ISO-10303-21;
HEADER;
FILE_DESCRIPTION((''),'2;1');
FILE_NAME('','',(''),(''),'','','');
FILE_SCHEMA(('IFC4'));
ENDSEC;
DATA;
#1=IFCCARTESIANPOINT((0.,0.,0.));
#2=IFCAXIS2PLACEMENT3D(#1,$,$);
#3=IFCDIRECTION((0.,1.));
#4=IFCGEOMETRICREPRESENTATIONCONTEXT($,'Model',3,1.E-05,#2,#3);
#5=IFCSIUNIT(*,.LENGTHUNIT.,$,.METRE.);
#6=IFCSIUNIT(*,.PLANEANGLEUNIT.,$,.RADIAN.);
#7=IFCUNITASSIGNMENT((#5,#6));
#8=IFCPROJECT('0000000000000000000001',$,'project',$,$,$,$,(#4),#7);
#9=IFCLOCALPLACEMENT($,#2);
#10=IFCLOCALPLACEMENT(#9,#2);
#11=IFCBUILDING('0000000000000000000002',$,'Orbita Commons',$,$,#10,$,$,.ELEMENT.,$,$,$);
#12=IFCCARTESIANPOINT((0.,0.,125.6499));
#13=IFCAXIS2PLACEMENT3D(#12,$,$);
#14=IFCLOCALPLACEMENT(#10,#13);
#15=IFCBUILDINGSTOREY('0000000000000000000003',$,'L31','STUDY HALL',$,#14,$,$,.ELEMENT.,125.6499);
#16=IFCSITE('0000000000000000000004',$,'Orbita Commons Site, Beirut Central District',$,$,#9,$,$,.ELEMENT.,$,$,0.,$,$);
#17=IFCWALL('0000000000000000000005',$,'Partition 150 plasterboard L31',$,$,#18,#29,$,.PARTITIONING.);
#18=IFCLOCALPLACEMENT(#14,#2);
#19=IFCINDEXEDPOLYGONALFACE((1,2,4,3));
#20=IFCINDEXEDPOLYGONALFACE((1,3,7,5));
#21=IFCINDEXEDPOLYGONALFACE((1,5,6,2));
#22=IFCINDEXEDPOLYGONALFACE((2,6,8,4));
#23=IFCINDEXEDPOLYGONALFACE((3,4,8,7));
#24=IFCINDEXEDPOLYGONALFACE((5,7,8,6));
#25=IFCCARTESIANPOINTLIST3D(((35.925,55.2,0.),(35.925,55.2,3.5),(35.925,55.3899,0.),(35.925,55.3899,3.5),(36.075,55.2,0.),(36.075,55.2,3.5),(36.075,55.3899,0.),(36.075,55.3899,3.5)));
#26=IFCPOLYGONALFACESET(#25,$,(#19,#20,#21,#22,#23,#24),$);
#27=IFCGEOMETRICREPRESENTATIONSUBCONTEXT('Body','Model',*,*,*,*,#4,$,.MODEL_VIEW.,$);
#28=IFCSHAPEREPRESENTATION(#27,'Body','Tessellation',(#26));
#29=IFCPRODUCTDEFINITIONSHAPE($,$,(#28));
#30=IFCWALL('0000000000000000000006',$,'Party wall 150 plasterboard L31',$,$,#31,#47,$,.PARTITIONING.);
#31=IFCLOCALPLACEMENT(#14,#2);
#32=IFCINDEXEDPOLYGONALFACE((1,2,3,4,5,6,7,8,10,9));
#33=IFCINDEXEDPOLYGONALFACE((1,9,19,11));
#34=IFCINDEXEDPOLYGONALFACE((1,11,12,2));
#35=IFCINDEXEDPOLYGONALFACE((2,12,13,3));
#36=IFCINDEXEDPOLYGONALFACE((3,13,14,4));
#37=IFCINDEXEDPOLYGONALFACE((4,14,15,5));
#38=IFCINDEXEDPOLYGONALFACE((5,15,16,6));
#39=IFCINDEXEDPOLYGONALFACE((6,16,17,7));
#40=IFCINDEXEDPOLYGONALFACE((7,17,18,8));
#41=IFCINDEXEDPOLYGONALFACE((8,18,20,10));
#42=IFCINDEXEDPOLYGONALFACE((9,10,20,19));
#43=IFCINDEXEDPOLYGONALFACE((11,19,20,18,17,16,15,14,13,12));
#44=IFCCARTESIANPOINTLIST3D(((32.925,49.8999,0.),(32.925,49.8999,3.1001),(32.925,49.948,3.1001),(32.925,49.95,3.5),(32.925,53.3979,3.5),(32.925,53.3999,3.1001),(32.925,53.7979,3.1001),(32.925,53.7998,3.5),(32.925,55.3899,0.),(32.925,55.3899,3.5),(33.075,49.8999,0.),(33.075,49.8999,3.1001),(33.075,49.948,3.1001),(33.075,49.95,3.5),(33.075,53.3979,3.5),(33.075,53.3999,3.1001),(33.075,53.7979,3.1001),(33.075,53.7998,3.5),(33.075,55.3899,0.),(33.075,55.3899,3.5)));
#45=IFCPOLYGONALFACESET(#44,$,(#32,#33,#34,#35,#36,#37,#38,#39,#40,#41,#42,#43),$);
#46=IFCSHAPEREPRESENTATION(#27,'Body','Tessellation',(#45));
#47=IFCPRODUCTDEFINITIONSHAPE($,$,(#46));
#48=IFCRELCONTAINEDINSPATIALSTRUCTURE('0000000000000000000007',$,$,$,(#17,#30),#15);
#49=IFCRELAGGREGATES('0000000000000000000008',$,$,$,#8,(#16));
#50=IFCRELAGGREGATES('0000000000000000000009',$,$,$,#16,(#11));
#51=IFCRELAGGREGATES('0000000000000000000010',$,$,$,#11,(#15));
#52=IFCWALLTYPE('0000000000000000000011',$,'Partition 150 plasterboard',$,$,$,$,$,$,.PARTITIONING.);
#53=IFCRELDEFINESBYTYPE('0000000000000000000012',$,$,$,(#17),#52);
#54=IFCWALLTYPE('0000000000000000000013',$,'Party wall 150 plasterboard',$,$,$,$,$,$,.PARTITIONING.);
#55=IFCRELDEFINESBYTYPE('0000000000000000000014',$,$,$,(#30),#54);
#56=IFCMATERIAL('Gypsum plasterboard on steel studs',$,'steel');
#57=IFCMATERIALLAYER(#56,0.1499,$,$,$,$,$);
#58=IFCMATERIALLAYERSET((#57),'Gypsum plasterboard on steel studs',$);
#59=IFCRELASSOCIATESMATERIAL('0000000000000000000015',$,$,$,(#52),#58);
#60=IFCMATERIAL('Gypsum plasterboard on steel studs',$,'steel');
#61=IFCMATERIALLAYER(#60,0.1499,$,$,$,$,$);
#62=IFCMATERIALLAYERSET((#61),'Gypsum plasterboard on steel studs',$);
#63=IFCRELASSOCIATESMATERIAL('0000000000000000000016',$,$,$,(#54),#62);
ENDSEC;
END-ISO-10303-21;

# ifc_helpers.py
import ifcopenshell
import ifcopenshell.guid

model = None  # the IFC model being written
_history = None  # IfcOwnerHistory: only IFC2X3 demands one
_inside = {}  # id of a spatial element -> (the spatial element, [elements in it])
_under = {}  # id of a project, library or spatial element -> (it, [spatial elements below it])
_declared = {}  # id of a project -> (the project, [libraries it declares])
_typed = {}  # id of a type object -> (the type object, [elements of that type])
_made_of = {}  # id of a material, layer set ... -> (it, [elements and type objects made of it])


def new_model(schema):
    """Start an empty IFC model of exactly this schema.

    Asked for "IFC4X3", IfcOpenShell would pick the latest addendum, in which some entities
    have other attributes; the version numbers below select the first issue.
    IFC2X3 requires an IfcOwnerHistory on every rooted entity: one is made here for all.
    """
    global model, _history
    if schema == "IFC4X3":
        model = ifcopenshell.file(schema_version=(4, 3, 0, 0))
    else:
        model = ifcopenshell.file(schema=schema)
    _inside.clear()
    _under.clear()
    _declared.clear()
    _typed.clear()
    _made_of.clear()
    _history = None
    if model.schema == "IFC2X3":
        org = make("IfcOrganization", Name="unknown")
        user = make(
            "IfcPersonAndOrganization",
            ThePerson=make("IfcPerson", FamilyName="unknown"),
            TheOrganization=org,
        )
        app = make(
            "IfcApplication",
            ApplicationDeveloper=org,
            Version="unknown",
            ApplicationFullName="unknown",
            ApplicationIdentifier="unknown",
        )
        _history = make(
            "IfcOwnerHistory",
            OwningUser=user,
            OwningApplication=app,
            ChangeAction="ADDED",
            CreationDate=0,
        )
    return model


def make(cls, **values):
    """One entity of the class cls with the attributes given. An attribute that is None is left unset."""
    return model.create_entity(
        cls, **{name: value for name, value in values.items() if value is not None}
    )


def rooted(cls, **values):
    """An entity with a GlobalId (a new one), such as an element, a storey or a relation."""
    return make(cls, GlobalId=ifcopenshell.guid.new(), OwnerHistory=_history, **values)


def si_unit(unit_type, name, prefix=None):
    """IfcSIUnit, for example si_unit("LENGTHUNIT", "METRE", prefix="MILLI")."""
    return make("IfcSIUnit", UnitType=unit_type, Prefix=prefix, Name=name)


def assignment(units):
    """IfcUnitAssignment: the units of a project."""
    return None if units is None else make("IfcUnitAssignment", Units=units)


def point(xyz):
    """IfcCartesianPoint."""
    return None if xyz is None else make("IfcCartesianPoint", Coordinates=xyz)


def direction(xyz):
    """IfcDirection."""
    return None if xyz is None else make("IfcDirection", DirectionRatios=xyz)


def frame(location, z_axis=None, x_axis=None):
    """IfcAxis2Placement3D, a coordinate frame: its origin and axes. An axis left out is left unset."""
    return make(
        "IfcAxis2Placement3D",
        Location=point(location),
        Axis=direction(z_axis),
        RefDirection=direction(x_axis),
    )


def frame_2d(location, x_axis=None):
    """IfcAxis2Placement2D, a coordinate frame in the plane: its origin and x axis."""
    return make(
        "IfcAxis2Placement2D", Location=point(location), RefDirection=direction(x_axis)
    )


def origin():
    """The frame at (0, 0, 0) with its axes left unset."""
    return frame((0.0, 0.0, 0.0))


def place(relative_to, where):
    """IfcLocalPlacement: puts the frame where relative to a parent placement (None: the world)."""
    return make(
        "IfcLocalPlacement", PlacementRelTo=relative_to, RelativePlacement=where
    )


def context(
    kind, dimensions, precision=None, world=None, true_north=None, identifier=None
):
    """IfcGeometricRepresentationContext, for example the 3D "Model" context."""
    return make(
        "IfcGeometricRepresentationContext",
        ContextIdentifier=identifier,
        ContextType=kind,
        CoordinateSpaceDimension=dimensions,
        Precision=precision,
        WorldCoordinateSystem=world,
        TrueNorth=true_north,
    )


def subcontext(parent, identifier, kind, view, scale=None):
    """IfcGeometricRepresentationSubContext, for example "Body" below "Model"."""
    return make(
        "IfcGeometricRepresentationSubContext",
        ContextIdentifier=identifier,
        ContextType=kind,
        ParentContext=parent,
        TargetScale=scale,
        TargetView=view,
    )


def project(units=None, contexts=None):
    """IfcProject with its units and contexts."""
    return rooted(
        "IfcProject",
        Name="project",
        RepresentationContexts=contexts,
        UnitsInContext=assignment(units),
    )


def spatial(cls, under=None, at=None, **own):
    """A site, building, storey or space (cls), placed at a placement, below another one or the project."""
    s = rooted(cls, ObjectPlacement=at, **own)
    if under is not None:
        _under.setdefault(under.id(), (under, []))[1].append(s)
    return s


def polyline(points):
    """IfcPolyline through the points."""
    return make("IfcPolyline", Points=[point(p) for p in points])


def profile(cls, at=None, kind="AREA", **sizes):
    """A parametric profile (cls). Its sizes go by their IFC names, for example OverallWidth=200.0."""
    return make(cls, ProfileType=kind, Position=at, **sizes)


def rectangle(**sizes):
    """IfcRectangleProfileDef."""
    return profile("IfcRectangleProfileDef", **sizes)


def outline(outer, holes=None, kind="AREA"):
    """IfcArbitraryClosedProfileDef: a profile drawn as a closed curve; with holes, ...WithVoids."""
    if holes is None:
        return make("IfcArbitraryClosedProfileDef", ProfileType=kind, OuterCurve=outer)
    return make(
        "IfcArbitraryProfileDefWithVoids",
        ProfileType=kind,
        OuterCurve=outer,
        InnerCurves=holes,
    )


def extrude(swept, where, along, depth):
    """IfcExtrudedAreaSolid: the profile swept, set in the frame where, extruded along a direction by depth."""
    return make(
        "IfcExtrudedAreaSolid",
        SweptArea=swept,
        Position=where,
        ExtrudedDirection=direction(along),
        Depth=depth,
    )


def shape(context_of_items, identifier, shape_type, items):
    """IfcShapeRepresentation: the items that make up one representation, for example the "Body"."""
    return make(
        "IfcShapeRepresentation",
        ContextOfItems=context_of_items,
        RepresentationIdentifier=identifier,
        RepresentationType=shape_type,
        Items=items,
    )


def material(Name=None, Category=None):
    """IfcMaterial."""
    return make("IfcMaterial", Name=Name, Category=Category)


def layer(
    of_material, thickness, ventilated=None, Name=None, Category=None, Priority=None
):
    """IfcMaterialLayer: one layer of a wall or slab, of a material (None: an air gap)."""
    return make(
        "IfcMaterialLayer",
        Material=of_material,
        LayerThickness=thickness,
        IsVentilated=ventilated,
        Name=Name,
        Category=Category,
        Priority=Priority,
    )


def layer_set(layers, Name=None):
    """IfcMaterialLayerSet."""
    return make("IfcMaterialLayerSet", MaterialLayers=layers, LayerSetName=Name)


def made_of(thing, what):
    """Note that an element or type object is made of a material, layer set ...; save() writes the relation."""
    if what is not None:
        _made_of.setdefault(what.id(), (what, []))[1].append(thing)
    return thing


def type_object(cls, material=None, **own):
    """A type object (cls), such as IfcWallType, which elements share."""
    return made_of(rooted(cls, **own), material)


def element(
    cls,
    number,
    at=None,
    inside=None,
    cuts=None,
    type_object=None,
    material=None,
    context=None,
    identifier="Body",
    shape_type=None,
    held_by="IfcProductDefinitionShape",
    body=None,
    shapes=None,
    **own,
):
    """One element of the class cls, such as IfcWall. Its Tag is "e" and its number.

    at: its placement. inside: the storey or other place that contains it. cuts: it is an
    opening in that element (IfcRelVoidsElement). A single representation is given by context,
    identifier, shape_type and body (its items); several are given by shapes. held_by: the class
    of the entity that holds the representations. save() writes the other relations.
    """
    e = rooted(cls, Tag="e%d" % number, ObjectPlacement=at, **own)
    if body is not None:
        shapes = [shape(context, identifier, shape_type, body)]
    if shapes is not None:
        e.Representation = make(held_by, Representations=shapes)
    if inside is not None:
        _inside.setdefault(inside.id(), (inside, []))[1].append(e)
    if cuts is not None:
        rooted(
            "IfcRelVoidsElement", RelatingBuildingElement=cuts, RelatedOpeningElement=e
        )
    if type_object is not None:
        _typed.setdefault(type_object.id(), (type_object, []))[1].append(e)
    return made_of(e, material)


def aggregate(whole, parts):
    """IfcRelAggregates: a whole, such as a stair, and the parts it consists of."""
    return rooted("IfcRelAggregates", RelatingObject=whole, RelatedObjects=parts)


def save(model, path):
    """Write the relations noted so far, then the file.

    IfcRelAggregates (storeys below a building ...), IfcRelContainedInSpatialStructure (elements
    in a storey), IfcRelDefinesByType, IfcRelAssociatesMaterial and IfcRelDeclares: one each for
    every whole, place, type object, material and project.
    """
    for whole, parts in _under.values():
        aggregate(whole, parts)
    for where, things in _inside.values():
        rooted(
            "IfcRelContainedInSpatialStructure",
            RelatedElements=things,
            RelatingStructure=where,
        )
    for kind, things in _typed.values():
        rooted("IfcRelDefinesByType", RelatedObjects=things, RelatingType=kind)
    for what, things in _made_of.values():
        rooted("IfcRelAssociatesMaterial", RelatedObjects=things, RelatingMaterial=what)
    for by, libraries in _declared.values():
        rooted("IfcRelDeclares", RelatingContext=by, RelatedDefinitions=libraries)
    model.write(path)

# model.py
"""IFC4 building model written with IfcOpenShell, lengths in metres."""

from ifc_helpers import new_model, si_unit, direction, frame, frame_2d, origin, place, context, subcontext, project, spatial, polyline, rectangle, outline, extrude, material, layer, layer_set, type_object, element, save


model = new_model("IFC4")

# Units and contexts
model_context = context("Model", 3, precision=1e-05, world=origin(), true_north=direction((0.0, 1.0)))
body_context = subcontext(model_context, "Body", "Model", "MODEL_VIEW")
ifc_project = project(units=[si_unit("LENGTHUNIT", "METRE"), si_unit("PLANEANGLEUNIT", "RADIAN")], contexts=[model_context])

# Site, building, storey
site_placement = place(None, origin())
site = spatial("IfcSite", under=ifc_project, at=site_placement, Name="Orbita Commons Site, Beirut Central District", CompositionType="ELEMENT", RefElevation=0.0)
building_placement = place(site_placement, origin())
building = spatial("IfcBuilding", under=site, at=building_placement, Name="Orbita Commons", CompositionType="ELEMENT")
storey_placement = place(building_placement, frame((0.0, 0.0, 125.6499)))
storey = spatial("IfcBuildingStorey", under=building, at=storey_placement, Name="L31", Description="STUDY HALL", CompositionType="ELEMENT", Elevation=125.6499)

# Walls
ifc_material_1 = material(Name="Gypsum plasterboard on steel studs", Category="steel")
ifc_layer_1 = layer(ifc_material_1, 0.1499)
ifc_layer_set_1 = layer_set([ifc_layer_1], Name="Gypsum plasterboard on steel studs")
wall_type_1 = type_object("IfcWallType", Name="Partition 150 plasterboard", PredefinedType="PARTITIONING", material=ifc_layer_set_1)
for number, where, z_axis, x_axis, name in (
    (1, (36.0, 55.2, 0.0), (0.0, 0.0, 1.0), (0.0, 1.0, 0.0), "Partition 150 plasterboard L31"),
):
    element("IfcWall", number, at=place(storey_placement, frame(where, z_axis=z_axis, x_axis=x_axis)), inside=storey, type_object=wall_type_1, Name=name, PredefinedType="PARTITIONING", context=body_context, shape_type="SweptSolid", body=[
        extrude(rectangle(XDim=0.1899, YDim=0.1499, at=frame_2d((0.095, 0.0))), origin(), (0.0, 0.0, 1.0), 3.5),
    ])
ifc_material_2 = material(Name="Gypsum plasterboard on steel studs", Category="steel")
ifc_layer_2 = layer(ifc_material_2, 0.1499)
ifc_layer_set_2 = layer_set([ifc_layer_2], Name="Gypsum plasterboard on steel studs")
wall_type_2 = type_object("IfcWallType", Name="Party wall 150 plasterboard", PredefinedType="PARTITIONING", material=ifc_layer_set_2)
wall_placement = place(storey_placement, frame((33.0, 55.3899, 0.0), z_axis=(0.0, 0.0, 1.0), x_axis=(0.0, -1.0, 0.0)))
element("IfcWall", 2, at=wall_placement, inside=storey, type_object=wall_type_2, Name="Party wall 150 plasterboard L31", PredefinedType="PARTITIONING", context=body_context, shape_type="SweptSolid", body=[
    extrude(outline(polyline([(0.0, 0.0), (5.49, 0.0), (5.49, 3.1001), (5.4419, 3.1001), (5.4399, 3.5), (1.9919, 3.5), (1.99, 3.1001), (1.592, 3.1001), (1.5901, 3.5), (0.0, 3.5), (0.0, 0.0)])), frame((0.0, 0.075, 0.0), z_axis=(0.0, -1.0, 0.0), x_axis=(1.0, 0.0, 0.0)), (0.0, 0.0, 1.0), 0.1499),
])

save(model, "model.ifc")
